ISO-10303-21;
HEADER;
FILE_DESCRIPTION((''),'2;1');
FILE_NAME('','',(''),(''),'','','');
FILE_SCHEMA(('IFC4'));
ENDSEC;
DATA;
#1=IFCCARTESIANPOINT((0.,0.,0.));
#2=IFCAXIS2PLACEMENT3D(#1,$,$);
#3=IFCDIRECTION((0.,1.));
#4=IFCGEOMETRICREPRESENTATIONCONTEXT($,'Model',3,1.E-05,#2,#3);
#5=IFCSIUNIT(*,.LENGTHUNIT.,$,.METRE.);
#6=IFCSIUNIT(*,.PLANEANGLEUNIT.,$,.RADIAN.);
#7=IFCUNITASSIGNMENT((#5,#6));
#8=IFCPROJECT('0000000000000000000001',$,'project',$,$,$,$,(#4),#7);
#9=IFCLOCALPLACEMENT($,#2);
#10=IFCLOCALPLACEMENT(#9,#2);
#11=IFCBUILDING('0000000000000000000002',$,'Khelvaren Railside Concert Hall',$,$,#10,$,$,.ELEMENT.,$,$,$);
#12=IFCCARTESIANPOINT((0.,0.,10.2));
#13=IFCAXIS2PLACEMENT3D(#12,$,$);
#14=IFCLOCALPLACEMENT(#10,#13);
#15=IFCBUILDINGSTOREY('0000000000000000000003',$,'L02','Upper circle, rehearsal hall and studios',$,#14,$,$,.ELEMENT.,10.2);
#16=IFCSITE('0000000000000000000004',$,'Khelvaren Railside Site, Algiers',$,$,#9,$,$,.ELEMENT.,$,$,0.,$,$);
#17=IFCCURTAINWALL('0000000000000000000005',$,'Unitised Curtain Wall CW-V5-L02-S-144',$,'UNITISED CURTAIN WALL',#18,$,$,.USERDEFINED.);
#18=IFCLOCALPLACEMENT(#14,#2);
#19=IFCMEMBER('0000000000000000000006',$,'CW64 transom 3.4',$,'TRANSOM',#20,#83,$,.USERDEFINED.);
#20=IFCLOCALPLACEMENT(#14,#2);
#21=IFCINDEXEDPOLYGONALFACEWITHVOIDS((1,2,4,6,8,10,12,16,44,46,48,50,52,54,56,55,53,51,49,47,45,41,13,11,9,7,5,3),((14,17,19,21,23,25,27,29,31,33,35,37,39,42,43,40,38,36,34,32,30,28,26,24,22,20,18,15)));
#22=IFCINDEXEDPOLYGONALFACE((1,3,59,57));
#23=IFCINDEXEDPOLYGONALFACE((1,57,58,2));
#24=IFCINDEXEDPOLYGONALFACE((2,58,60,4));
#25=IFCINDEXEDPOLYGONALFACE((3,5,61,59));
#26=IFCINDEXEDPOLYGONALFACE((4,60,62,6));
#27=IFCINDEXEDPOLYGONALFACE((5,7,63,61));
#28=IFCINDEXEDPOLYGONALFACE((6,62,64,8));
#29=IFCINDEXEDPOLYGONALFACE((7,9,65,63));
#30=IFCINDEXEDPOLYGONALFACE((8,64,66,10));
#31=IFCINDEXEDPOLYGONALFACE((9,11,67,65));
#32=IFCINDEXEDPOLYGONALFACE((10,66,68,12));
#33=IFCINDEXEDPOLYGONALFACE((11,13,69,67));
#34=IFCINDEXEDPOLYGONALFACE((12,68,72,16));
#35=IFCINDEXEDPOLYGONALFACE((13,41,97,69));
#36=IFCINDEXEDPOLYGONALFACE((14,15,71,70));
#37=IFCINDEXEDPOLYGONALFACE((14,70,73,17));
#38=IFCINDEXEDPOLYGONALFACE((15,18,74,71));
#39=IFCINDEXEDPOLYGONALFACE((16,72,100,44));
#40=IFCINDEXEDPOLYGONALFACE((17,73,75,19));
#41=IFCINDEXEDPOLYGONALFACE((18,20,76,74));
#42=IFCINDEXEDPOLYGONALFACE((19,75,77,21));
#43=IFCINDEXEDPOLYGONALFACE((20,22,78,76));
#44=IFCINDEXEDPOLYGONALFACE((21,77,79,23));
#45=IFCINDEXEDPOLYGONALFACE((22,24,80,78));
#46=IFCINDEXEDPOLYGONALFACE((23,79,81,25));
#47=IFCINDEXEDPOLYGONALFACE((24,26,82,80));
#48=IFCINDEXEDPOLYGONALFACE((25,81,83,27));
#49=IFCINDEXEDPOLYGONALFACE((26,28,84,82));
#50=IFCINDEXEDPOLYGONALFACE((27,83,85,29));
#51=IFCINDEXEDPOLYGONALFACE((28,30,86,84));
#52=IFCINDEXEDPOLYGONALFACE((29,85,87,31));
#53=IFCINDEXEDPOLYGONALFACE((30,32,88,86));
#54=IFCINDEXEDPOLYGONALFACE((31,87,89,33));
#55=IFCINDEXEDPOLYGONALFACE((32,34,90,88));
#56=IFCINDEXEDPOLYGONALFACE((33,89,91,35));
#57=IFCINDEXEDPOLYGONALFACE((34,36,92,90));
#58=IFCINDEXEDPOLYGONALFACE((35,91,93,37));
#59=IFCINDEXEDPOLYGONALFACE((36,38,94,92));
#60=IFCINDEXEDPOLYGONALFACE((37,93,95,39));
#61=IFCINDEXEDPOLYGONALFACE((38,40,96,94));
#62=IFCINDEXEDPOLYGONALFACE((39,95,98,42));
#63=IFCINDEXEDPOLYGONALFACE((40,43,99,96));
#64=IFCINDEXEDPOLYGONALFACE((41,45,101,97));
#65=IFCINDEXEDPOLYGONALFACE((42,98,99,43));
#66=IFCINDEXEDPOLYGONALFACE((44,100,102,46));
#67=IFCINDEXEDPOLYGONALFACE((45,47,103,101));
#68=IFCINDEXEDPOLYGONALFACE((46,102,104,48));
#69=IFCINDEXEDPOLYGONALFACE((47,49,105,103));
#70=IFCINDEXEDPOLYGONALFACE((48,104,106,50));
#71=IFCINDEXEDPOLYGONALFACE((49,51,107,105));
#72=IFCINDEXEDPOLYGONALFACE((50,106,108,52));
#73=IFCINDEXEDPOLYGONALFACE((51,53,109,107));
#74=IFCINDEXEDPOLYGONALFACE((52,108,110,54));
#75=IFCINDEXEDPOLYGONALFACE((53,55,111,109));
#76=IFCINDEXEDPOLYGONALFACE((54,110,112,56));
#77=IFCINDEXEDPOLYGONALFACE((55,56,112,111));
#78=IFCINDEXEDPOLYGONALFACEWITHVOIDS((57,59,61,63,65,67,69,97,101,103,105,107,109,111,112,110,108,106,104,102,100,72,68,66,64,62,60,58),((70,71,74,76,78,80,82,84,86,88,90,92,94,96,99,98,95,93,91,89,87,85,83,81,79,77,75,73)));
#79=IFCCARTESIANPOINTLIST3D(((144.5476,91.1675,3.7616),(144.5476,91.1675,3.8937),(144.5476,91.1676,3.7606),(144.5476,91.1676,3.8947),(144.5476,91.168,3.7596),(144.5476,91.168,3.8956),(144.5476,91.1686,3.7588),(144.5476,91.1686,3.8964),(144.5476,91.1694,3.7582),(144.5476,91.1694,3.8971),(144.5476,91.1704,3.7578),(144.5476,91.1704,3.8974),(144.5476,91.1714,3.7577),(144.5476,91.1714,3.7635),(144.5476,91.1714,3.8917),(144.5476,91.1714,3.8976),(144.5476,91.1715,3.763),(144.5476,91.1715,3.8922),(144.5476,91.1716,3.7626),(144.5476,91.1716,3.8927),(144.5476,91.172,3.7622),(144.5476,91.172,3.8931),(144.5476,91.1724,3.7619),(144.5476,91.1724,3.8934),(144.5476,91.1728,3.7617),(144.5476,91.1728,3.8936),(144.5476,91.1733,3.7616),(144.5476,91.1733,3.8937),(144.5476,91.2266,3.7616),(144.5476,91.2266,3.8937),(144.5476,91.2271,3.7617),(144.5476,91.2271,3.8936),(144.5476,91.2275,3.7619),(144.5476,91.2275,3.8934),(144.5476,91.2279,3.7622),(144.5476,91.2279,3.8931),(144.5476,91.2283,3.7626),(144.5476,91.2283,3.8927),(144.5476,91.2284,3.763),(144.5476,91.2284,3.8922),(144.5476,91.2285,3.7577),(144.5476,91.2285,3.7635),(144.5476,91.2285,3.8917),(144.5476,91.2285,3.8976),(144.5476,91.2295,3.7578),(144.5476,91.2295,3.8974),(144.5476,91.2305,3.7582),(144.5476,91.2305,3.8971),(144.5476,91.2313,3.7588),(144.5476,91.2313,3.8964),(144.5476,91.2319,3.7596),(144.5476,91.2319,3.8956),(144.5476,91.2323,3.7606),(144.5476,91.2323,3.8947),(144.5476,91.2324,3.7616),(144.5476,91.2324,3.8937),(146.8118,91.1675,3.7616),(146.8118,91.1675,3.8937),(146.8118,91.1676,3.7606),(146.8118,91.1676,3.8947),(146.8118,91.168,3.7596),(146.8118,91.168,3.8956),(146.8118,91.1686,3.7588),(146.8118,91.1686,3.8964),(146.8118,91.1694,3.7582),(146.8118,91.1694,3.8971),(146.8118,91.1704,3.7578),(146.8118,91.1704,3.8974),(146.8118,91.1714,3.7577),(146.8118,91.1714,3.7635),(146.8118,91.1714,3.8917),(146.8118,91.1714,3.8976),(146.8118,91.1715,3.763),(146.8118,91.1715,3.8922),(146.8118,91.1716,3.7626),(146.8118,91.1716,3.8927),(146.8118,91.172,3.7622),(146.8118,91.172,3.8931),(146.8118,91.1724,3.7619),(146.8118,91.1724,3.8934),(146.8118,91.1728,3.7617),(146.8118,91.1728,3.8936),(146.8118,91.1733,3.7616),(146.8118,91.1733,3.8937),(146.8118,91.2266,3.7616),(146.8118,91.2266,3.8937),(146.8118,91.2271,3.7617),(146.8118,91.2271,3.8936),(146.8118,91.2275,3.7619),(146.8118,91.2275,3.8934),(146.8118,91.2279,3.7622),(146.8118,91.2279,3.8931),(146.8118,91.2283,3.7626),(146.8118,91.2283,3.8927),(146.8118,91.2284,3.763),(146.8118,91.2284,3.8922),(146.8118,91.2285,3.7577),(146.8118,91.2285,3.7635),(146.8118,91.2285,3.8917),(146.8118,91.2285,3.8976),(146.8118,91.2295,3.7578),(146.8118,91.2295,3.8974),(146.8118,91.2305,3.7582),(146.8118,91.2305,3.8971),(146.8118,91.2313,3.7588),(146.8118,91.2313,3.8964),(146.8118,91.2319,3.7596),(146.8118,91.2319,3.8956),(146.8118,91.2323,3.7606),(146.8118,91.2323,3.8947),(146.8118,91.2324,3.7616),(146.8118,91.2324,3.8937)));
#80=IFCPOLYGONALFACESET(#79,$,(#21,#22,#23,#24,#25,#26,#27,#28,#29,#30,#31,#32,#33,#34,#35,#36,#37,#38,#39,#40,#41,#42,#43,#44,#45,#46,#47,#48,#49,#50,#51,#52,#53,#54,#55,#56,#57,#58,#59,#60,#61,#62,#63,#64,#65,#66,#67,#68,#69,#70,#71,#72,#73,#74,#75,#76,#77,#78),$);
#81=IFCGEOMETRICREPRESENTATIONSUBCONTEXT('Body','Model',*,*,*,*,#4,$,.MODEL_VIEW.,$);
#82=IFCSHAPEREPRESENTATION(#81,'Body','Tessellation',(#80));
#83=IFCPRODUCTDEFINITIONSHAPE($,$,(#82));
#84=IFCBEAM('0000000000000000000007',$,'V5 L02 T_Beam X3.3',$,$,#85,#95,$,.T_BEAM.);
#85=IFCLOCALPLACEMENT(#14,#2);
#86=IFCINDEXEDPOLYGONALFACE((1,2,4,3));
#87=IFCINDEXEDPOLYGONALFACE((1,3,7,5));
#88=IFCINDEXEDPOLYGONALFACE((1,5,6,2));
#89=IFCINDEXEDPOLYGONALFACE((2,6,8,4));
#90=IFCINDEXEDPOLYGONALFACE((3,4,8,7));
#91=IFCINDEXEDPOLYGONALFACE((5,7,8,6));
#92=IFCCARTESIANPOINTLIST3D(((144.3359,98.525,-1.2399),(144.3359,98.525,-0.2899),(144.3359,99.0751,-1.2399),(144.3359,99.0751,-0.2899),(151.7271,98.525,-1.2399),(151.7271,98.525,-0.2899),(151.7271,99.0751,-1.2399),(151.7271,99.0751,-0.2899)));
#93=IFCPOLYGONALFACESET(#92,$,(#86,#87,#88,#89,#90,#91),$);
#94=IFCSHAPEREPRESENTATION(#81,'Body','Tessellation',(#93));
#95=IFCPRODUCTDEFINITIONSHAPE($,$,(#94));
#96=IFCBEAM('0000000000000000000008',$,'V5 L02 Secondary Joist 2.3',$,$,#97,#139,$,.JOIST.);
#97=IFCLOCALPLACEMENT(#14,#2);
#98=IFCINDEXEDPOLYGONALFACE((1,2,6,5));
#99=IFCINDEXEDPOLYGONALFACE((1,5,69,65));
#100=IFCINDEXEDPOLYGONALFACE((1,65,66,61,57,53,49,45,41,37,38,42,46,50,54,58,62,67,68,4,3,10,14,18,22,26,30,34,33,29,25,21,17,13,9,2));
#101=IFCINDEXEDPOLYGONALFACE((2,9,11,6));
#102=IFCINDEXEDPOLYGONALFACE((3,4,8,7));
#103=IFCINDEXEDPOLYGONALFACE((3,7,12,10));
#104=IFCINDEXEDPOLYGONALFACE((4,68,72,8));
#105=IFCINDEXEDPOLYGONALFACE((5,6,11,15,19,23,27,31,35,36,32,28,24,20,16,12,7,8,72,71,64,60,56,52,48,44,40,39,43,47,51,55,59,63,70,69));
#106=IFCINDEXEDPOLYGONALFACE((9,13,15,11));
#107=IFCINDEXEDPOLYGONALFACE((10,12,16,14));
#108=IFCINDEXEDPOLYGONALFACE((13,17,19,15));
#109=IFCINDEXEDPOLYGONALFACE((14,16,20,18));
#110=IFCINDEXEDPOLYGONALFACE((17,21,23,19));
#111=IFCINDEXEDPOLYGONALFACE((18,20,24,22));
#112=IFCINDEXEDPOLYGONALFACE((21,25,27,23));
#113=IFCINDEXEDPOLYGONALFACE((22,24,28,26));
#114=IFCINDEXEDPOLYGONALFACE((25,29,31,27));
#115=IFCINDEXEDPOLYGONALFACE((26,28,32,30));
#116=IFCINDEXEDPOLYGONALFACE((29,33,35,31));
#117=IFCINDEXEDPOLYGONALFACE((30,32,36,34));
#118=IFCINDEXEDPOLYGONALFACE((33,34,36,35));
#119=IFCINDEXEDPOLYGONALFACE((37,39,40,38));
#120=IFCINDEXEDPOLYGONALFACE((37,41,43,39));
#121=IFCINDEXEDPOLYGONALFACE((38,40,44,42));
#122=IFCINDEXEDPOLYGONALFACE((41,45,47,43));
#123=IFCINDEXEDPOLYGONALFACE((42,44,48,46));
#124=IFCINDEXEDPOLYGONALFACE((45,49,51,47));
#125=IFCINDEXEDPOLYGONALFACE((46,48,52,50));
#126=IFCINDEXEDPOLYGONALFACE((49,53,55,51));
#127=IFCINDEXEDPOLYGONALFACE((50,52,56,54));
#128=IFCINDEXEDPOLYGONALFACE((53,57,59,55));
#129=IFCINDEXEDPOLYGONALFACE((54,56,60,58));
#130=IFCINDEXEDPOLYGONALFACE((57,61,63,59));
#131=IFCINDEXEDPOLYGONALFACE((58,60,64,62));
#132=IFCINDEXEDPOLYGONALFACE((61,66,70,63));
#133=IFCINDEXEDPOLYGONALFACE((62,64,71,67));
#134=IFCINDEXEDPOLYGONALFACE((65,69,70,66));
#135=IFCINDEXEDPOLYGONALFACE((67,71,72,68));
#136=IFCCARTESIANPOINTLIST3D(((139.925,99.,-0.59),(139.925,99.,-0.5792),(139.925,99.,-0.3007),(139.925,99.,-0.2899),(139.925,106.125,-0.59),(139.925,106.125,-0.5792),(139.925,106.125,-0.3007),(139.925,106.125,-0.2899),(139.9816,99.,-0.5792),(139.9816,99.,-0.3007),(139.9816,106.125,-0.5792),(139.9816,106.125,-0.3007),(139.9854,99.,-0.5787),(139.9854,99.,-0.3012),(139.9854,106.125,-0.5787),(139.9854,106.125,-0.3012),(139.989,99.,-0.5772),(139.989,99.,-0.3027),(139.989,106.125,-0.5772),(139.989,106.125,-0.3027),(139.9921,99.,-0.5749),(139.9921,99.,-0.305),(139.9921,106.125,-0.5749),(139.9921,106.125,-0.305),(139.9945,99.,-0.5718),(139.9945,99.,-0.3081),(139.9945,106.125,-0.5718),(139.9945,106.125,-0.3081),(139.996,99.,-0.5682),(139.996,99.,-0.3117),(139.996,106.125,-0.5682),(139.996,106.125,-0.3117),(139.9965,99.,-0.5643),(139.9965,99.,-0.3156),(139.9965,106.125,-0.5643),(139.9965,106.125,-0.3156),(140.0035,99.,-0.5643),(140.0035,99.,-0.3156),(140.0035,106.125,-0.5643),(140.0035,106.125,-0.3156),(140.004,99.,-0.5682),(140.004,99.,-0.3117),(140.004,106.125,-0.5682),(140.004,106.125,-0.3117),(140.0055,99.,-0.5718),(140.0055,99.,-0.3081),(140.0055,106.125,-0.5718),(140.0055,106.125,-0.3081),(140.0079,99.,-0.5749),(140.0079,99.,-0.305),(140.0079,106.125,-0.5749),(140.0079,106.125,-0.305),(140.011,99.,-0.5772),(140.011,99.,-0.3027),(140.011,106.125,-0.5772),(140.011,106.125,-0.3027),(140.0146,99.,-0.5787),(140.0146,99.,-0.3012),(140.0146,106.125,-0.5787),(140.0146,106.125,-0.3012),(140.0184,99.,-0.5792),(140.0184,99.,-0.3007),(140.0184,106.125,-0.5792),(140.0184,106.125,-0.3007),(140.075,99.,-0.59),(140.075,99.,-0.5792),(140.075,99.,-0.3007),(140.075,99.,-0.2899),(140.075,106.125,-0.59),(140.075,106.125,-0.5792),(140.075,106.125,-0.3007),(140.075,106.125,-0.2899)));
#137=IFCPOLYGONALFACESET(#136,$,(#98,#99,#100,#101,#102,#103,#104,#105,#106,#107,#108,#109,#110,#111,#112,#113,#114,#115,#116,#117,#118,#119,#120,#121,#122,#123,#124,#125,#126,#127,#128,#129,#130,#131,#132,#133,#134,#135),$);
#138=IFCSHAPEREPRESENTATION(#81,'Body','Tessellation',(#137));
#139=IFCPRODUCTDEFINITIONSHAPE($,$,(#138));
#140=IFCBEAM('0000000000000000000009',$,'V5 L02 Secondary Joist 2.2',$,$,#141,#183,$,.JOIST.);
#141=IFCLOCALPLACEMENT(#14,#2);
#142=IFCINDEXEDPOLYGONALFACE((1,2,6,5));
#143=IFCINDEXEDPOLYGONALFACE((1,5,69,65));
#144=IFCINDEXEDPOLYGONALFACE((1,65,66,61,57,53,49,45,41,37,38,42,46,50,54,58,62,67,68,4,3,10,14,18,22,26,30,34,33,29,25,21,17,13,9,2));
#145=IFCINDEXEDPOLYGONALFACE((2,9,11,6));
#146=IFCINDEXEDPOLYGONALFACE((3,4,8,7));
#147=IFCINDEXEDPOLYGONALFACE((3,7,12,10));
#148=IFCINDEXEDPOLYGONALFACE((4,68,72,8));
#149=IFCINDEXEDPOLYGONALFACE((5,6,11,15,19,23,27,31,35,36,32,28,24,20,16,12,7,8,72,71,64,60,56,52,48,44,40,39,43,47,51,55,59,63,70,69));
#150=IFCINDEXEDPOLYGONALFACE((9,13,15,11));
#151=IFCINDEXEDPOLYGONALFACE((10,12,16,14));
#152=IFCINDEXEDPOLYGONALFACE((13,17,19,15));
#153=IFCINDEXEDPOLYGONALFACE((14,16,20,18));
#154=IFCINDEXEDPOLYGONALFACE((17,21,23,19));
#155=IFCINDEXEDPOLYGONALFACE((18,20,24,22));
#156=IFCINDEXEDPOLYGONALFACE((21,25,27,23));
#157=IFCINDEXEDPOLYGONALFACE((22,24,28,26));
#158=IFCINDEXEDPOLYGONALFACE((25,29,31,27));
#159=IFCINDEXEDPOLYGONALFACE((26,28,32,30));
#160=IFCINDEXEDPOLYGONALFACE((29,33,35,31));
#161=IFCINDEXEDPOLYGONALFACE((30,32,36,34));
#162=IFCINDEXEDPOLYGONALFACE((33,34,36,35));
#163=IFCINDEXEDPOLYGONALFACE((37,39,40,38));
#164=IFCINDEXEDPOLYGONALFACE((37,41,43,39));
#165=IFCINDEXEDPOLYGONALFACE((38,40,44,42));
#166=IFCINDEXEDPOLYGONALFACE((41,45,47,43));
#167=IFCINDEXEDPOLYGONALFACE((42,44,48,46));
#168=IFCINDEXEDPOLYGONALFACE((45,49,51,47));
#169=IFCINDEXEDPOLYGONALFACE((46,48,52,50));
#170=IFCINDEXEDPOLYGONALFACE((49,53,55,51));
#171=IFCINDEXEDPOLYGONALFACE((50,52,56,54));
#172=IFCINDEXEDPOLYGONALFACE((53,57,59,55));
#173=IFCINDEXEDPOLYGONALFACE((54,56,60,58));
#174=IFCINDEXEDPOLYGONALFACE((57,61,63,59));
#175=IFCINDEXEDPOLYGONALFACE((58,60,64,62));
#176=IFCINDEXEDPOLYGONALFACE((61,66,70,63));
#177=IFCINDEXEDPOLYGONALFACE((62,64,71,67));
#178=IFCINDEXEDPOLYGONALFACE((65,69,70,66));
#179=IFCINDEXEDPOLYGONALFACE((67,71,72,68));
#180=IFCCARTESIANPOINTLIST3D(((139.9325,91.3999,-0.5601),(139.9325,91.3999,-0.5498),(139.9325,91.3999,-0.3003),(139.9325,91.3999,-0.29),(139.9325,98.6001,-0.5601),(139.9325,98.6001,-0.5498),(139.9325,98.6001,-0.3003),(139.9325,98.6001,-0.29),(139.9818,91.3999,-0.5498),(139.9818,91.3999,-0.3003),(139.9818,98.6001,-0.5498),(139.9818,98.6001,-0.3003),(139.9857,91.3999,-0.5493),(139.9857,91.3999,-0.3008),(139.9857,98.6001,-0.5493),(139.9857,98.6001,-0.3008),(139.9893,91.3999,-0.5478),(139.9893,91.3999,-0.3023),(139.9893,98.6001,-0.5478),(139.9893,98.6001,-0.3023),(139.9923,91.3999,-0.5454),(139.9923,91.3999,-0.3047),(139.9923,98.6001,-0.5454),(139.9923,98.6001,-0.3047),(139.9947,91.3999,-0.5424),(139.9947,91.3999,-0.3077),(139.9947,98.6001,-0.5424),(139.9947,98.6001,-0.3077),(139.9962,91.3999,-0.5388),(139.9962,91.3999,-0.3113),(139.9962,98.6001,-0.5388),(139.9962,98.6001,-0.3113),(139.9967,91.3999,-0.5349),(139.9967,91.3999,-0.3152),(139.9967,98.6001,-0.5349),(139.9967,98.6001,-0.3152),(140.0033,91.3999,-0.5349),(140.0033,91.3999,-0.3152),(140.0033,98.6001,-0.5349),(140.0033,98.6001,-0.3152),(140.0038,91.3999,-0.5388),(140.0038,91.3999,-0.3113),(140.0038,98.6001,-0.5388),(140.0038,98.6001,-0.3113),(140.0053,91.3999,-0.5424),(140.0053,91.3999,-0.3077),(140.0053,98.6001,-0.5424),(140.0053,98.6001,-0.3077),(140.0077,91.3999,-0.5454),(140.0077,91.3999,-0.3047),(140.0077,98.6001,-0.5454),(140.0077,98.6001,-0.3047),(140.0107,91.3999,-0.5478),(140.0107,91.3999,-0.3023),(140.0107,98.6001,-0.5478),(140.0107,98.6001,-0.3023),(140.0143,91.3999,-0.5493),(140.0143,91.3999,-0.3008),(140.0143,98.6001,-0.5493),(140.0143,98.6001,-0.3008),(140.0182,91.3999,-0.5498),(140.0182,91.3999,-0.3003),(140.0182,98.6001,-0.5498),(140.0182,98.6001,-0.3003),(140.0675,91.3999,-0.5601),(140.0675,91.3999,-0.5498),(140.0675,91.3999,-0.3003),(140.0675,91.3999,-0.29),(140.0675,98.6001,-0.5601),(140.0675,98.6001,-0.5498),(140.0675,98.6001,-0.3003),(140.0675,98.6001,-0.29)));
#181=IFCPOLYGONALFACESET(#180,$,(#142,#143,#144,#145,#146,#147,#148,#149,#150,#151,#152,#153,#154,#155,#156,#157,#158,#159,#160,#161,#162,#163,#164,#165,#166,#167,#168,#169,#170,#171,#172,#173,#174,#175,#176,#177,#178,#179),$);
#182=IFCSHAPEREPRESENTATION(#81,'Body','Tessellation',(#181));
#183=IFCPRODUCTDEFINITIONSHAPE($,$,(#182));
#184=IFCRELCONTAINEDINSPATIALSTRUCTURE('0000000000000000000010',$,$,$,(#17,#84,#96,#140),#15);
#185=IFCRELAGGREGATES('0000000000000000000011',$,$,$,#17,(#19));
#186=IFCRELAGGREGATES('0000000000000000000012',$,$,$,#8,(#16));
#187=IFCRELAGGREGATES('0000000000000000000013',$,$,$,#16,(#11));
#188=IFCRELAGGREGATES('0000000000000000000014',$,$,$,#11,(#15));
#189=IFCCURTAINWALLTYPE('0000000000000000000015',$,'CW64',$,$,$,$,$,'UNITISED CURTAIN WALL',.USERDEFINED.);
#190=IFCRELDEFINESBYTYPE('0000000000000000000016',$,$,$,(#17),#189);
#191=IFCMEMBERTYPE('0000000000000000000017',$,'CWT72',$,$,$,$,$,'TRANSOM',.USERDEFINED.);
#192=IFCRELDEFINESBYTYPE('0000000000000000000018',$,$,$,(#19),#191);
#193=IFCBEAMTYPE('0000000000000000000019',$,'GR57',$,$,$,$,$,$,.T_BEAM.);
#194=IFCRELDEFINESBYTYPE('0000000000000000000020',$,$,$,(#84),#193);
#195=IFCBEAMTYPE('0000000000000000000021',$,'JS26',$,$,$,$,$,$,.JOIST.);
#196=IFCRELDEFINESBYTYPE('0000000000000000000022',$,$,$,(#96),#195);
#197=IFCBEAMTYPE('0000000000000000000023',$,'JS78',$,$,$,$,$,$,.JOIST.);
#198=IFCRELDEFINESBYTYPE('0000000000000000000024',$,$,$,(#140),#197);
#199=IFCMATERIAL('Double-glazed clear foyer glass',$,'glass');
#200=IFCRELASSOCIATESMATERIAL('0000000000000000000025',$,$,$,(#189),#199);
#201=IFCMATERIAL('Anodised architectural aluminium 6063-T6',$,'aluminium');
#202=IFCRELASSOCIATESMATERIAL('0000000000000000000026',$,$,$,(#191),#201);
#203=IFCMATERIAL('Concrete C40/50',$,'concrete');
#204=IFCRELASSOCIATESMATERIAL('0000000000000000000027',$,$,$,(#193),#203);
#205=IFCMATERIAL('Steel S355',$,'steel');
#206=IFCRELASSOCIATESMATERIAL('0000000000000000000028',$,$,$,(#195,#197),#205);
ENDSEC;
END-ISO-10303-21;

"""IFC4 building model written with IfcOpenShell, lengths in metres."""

from ifc_helpers import new_model, si_unit, direction, frame, origin, origin_2d, place, context, subcontext, project, spatial, rectangle, hollow_rectangle, i_section, extrude, material, material_profile, profile_set, type_object, element, aggregate, save


model = new_model("IFC4")

# Units and contexts
model_context = context("Model", 3, precision=1e-05, world=origin(), true_north=direction((0.0, 1.0)))
body_context = subcontext(model_context, "Body", "Model", "MODEL_VIEW")
ifc_project = project(units=[si_unit("LENGTHUNIT", "METRE"), si_unit("PLANEANGLEUNIT", "RADIAN")], contexts=[model_context])

# Site, building, storey
site_placement = place(None, origin())
site = spatial("IfcSite", under=ifc_project, at=site_placement, Name="Khelvaren Railside Site, Algiers", CompositionType="ELEMENT", RefElevation=0.0)
building_placement = place(site_placement, origin())
building = spatial("IfcBuilding", under=site, at=building_placement, Name="Khelvaren Railside Concert Hall", CompositionType="ELEMENT")
storey_placement = place(building_placement, frame((0.0, 0.0, 10.2)))
storey = spatial("IfcBuildingStorey", under=building, at=storey_placement, Name="L02", Description="Upper circle, rehearsal hall and studios", CompositionType="ELEMENT", Elevation=10.2)

# Shared definitions
ifc_material_1 = material(Name="Concrete C40/50", Category="concrete")
ifc_material_2 = material(Name="Steel S355", Category="steel")

# Shared definitions
ifc_material_3 = material(Name="Double-glazed clear foyer glass", Category="glass")
ifc_material_4 = material(Name="Anodised architectural aluminium 6063-T6", Category="aluminium")

# Curtain wall
curtain_wall_type_1 = type_object("IfcCurtainWallType", Name="CW64", ElementType="UNITISED CURTAIN WALL", PredefinedType="USERDEFINED", material=ifc_material_3)
curtain_wall_1_placement = place(storey_placement, origin())
curtain_wall_1 = element("IfcCurtainWall", 1, at=curtain_wall_1_placement, inside=storey, type_object=curtain_wall_type_1, Name="Unitised Curtain Wall CW-V5-L02-S-144", ObjectType="UNITISED CURTAIN WALL", PredefinedType="USERDEFINED")

# Member
ifc_material_profile_1 = material_profile(ifc_material_4, hollow_rectangle(XDim=0.0649, YDim=0.1399, WallThickness=0.0039, InnerFilletRadius=0.002, OuterFilletRadius=0.0039, at=origin_2d()), Name="CWT 65x140x4")
ifc_profile_set_1 = profile_set([ifc_material_profile_1], Name="Anodised architectural aluminium 6063-T6")
member_type_1 = type_object("IfcMemberType", Name="CWT72", ElementType="TRANSOM", PredefinedType="USERDEFINED", material=ifc_profile_set_1)
member_1_placement = place(storey_placement, frame((146.8118, 91.2, 3.8276), z_axis=(-1.0, 0.0, 0.0), x_axis=(0.0, -1.0, 0.0)))
member_1 = element("IfcMember", 2, at=member_1_placement, type_object=member_type_1, Name="CW64 transom 3.4", ObjectType="TRANSOM", PredefinedType="USERDEFINED", context=body_context, shape_type="SweptSolid", body=[
    extrude(hollow_rectangle(XDim=0.0649, YDim=0.1399, WallThickness=0.0039, InnerFilletRadius=0.002, OuterFilletRadius=0.0039, at=origin_2d()), origin(), (0.0, 0.0, 1.0), 2.2642),
])

# Beams
ifc_material_profile_2 = material_profile(ifc_material_1, rectangle(XDim=0.55, YDim=0.95, at=origin_2d()), Name="RCB 550x950")
ifc_profile_set_2 = profile_set([ifc_material_profile_2], Name="Concrete C40/50")
beam_type_1 = type_object("IfcBeamType", Name="GR57", PredefinedType="T_BEAM", material=ifc_profile_set_2)
beam_1_placement = place(storey_placement, frame((144.3359, 98.8, -0.7649), z_axis=(1.0, 0.0, 0.0), x_axis=(0.0, 1.0, 0.0)))
element("IfcBeam", 3, at=beam_1_placement, inside=storey, type_object=beam_type_1, Name="V5 L02 T_Beam X3.3", PredefinedType="T_BEAM", context=body_context, shape_type="SweptSolid", body=[
    extrude(rectangle(XDim=0.55, YDim=0.95, at=origin_2d()), origin(), (0.0, 0.0, 1.0), 7.3911),
])
ifc_material_profile_3 = material_profile(ifc_material_2, i_section(OverallWidth=0.1499, OverallDepth=0.3, WebThickness=0.0071, FlangeThickness=0.0107, FilletRadius=0.0149, at=origin_2d()), Name="IPE 300")
ifc_profile_set_3 = profile_set([ifc_material_profile_3], Name="Steel S355")
beam_type_2 = type_object("IfcBeamType", Name="JS26", PredefinedType="JOIST", material=ifc_profile_set_3)
beam_2_placement = place(storey_placement, frame((140.0, 99.0, -0.4399), z_axis=(0.0, 1.0, 0.0), x_axis=(-1.0, 0.0, 0.0)))
element("IfcBeam", 4, at=beam_2_placement, inside=storey, type_object=beam_type_2, Name="V5 L02 Secondary Joist 2.3", PredefinedType="JOIST", context=body_context, shape_type="SweptSolid", body=[
    extrude(i_section(OverallWidth=0.1499, OverallDepth=0.3, WebThickness=0.0071, FlangeThickness=0.0107, FilletRadius=0.0149, at=origin_2d()), origin(), (0.0, 0.0, 1.0), 7.125),
])
ifc_material_profile_4 = material_profile(ifc_material_2, i_section(OverallWidth=0.135, OverallDepth=0.27, WebThickness=0.0066, FlangeThickness=0.0103, FilletRadius=0.0149, at=origin_2d()), Name="IPE 270")
ifc_profile_set_4 = profile_set([ifc_material_profile_4], Name="Steel S355")
beam_type_3 = type_object("IfcBeamType", Name="JS78", PredefinedType="JOIST", material=ifc_profile_set_4)
beam_3_placement = place(storey_placement, frame((140.0, 91.3999, -0.425), z_axis=(0.0, 1.0, 0.0), x_axis=(-1.0, 0.0, 0.0)))
element("IfcBeam", 5, at=beam_3_placement, inside=storey, type_object=beam_type_3, Name="V5 L02 Secondary Joist 2.2", PredefinedType="JOIST", context=body_context, shape_type="SweptSolid", body=[
    extrude(i_section(OverallWidth=0.135, OverallDepth=0.27, WebThickness=0.0066, FlangeThickness=0.0103, FilletRadius=0.0149, at=origin_2d()), origin(), (0.0, 0.0, 1.0), 7.2002),
])

aggregate(curtain_wall_1, [member_1])

save(model, "model.ifc")
